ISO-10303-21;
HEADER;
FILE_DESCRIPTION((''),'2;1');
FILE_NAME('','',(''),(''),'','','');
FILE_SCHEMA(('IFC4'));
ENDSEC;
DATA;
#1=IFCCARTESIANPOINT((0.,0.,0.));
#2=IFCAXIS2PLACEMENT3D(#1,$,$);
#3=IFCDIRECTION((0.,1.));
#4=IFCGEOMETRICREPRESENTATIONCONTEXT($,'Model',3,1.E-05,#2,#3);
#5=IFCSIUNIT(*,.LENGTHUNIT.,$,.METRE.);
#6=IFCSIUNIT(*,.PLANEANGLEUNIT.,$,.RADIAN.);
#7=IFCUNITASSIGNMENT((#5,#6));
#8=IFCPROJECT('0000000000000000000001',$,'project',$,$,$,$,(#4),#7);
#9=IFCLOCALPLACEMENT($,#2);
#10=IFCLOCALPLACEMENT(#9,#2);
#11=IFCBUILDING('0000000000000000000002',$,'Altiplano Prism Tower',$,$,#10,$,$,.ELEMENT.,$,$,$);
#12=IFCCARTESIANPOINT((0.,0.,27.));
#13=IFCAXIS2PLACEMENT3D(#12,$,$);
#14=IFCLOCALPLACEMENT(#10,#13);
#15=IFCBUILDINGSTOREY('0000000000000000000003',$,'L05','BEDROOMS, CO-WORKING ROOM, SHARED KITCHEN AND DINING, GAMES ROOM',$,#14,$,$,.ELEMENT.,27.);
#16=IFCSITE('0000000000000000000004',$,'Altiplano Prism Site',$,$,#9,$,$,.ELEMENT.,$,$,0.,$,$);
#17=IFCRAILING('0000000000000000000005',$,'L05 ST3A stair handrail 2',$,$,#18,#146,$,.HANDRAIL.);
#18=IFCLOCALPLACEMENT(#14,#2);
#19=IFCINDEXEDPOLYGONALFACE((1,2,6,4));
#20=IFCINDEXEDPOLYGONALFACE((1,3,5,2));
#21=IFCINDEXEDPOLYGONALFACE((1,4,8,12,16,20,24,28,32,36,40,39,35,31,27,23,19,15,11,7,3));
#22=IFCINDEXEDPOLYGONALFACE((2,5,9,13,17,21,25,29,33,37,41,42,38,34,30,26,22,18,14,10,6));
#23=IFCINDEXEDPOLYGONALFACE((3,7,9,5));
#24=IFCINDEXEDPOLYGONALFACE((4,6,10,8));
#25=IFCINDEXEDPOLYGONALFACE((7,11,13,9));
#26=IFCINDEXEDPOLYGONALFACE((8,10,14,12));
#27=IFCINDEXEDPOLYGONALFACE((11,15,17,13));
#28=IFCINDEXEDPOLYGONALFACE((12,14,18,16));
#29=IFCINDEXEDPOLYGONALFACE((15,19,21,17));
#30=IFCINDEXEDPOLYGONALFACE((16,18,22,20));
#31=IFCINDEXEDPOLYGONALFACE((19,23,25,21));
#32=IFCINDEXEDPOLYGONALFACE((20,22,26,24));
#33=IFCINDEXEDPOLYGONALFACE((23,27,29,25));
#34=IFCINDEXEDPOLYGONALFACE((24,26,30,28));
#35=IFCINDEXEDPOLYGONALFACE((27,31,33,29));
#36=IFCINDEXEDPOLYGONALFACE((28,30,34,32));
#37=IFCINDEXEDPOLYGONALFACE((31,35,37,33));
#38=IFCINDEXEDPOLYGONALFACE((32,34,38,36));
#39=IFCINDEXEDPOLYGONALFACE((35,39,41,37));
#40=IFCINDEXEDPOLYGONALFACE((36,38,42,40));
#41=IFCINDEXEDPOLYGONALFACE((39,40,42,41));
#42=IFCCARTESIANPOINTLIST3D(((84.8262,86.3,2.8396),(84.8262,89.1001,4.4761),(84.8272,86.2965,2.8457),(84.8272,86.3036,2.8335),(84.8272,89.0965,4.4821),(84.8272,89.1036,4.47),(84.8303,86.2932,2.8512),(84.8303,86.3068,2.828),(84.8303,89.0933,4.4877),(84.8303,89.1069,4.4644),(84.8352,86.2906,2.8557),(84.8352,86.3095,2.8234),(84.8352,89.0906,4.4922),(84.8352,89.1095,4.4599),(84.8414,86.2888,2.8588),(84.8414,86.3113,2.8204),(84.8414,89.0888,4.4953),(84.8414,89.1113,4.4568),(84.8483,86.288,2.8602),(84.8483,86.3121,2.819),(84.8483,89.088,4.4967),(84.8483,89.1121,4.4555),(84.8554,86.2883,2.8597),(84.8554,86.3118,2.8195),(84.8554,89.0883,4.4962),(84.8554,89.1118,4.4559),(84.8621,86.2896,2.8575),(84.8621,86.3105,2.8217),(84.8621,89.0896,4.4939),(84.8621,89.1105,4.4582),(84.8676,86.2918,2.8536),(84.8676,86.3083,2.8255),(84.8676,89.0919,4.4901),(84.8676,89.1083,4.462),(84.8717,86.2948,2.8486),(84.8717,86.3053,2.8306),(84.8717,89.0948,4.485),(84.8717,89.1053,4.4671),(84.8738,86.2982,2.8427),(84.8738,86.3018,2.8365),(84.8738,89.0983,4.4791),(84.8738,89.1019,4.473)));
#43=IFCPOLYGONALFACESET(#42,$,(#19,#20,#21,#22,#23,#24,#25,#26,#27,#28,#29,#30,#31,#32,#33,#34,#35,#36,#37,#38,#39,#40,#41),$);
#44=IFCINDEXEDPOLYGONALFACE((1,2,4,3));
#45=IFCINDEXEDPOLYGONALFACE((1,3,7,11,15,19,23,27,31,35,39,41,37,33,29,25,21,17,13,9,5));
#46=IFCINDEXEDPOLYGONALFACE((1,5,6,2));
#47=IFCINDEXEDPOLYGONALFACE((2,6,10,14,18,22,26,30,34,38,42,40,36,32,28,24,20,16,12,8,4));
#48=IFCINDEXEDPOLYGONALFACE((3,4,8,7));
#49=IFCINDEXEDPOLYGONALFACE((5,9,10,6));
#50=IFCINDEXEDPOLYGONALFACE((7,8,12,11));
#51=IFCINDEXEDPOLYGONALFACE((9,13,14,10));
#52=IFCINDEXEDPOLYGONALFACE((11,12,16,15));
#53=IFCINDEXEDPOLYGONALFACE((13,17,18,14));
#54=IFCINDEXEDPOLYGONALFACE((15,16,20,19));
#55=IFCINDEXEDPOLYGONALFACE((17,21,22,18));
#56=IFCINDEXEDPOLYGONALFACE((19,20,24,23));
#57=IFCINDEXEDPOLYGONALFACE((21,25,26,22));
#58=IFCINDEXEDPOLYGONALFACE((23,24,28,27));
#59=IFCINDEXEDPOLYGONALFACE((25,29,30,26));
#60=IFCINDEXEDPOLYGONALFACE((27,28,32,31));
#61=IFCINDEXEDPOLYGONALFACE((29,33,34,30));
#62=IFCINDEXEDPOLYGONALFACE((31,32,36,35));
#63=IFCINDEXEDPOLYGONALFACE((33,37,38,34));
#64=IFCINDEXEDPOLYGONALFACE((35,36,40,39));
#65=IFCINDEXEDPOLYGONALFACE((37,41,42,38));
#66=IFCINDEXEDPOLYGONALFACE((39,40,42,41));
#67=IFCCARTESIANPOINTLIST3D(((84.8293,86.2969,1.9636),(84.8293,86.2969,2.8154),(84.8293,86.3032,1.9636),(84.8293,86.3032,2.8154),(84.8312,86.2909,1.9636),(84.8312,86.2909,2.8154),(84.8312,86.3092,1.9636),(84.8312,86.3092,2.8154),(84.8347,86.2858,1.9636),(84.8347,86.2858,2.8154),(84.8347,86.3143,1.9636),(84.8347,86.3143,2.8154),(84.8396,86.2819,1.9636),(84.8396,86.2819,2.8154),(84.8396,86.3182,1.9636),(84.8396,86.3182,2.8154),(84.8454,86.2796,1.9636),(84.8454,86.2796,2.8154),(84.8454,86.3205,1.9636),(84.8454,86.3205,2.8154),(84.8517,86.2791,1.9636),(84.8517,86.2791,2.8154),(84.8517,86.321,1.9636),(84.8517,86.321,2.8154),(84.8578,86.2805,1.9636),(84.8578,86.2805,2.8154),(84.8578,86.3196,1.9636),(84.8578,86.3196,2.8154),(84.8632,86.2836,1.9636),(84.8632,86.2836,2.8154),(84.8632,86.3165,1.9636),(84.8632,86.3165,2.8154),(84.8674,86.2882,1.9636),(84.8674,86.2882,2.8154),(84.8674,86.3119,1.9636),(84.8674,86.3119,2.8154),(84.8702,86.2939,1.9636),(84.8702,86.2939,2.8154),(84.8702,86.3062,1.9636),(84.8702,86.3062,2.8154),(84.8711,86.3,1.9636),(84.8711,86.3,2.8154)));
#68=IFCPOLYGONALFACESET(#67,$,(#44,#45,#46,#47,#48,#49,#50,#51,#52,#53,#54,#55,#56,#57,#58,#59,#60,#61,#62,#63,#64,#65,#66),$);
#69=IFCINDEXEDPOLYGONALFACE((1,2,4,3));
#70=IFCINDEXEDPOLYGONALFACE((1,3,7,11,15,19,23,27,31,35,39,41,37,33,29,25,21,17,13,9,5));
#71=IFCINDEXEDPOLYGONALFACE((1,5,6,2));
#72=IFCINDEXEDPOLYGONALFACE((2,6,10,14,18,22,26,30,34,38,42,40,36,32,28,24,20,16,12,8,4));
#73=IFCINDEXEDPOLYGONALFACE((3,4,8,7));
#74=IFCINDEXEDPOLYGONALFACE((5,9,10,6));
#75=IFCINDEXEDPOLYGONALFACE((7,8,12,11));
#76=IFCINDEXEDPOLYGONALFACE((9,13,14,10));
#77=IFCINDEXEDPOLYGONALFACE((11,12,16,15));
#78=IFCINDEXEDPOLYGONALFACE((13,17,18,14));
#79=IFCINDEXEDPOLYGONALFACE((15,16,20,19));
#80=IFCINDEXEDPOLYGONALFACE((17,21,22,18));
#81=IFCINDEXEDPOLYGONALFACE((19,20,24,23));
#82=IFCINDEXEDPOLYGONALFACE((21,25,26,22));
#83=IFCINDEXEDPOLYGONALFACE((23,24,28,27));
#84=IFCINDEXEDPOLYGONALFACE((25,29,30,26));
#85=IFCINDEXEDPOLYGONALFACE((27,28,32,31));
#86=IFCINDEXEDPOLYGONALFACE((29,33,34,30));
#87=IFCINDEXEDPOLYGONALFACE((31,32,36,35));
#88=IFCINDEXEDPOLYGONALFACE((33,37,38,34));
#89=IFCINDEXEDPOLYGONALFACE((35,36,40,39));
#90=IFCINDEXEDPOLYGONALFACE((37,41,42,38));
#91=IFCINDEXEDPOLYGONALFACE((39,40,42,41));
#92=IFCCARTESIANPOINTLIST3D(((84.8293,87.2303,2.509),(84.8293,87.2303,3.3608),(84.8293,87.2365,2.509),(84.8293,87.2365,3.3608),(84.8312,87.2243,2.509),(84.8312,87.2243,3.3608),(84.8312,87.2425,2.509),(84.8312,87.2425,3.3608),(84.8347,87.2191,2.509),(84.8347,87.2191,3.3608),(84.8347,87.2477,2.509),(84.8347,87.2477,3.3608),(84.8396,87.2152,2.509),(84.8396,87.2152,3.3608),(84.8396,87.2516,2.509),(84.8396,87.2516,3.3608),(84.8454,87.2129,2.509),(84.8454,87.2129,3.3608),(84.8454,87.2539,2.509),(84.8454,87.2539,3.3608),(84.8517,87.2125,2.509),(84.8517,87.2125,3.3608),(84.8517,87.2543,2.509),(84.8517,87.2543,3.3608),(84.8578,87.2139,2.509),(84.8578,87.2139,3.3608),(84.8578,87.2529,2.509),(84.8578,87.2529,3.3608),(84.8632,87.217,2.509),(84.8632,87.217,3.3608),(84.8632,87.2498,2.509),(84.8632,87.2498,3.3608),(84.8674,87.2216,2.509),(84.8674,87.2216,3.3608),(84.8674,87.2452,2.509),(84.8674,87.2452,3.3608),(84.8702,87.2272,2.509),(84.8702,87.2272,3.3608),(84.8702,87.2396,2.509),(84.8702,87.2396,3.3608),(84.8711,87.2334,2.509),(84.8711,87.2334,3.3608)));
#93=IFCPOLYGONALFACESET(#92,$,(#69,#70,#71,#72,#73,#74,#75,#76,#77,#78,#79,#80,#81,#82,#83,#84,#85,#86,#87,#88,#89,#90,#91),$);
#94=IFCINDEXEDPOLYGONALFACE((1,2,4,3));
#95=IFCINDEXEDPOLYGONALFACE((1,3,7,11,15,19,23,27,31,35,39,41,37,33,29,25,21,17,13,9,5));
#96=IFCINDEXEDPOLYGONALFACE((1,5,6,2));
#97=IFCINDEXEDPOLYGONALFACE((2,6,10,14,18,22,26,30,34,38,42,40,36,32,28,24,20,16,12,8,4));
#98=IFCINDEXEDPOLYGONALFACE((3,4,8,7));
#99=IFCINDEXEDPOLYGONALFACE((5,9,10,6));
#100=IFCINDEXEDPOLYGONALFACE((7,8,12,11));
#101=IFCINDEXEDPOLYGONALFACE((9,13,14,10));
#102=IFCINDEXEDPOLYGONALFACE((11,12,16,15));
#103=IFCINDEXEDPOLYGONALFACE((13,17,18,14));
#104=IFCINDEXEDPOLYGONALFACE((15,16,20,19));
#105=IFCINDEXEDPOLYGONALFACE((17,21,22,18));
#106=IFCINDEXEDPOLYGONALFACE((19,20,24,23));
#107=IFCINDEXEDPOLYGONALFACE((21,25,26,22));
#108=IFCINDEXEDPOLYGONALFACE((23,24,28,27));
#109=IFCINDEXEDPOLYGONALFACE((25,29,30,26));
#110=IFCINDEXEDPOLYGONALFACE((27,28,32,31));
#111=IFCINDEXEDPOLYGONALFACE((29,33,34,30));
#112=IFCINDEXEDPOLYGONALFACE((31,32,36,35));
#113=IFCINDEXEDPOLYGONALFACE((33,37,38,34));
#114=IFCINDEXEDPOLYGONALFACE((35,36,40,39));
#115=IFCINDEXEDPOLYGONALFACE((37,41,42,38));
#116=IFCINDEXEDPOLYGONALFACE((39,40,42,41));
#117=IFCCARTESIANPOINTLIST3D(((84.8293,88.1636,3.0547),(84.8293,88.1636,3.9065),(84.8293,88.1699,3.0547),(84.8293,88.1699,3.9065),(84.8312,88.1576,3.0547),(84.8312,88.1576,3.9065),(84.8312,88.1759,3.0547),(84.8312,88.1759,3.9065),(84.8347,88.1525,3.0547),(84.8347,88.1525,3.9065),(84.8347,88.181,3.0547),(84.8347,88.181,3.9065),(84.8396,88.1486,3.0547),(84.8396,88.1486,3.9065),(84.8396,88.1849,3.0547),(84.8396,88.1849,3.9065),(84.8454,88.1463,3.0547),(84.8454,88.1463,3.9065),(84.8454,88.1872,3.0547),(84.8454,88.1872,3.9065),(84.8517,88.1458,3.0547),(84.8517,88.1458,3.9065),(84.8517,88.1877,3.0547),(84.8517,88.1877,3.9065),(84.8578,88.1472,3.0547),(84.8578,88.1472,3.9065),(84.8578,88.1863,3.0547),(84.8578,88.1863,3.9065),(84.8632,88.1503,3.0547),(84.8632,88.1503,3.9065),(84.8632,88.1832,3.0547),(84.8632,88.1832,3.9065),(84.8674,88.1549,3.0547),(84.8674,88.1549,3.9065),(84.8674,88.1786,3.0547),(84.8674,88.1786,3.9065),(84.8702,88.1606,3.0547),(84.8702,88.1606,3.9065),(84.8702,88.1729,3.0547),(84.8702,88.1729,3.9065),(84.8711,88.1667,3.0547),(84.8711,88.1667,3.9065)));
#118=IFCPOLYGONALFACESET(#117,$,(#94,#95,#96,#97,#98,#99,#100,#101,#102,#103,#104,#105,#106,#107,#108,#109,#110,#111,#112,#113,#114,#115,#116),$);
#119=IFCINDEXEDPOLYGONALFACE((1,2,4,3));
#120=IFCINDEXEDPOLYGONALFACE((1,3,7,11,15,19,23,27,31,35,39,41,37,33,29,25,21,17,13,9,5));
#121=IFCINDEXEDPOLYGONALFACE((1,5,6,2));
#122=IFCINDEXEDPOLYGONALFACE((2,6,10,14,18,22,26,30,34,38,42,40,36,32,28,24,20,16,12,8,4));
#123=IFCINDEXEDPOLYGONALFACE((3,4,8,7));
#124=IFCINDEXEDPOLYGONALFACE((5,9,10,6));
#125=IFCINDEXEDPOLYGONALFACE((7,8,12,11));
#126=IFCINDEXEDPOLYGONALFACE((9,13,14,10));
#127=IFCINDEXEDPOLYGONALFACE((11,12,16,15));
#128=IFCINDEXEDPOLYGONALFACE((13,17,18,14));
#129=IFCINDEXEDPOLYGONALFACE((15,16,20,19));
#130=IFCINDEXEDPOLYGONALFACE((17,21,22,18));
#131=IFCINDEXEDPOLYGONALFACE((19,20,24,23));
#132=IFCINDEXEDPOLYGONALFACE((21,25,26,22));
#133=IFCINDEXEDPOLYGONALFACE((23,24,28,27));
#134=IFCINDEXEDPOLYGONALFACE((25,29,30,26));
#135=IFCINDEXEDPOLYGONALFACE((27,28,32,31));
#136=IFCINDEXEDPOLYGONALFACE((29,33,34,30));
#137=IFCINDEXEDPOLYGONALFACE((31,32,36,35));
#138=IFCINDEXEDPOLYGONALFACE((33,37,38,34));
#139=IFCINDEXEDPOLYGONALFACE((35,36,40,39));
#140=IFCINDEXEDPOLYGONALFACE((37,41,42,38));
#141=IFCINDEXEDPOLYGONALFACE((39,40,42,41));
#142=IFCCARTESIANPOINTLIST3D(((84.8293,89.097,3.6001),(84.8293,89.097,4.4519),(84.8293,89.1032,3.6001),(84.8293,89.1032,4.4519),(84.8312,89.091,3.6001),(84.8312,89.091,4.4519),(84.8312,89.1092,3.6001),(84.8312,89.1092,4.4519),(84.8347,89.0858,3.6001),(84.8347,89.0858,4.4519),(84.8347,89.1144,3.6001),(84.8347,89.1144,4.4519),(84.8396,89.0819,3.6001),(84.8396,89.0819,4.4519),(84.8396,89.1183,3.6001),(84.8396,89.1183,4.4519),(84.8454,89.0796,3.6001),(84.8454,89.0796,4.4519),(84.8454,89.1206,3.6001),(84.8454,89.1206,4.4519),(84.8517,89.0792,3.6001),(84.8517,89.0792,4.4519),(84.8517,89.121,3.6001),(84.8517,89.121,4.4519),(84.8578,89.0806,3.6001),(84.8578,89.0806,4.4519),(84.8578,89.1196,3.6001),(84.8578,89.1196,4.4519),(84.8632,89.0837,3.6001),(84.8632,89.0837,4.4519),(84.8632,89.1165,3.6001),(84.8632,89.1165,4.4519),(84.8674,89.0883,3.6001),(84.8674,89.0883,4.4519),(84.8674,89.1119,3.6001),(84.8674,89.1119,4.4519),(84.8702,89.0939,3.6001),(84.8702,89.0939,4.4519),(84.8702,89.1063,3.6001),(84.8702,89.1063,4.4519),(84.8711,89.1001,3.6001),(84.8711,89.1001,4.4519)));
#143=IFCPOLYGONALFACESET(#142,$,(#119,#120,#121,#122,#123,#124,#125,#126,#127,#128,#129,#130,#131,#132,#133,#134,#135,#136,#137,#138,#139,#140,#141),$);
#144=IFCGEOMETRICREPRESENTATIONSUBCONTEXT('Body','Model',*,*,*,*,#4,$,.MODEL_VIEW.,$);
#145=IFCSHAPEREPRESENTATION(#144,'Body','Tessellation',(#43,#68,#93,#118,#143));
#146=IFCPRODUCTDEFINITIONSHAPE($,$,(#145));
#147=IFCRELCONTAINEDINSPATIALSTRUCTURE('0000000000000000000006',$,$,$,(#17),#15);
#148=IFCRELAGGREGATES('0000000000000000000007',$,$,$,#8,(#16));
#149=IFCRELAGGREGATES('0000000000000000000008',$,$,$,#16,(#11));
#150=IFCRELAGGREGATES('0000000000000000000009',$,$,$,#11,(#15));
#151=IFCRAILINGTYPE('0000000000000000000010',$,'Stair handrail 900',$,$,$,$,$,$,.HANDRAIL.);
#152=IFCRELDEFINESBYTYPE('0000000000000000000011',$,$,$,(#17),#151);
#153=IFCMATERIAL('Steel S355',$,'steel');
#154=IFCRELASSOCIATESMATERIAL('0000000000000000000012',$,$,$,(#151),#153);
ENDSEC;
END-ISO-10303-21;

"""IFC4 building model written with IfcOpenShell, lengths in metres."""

from ifc_helpers import new_model, si_unit, direction, frame, origin, origin_2d, place, context, subcontext, project, spatial, circle, extrude, material, type_object, element, save


model = new_model("IFC4")

# Units and contexts
model_context = context("Model", 3, precision=1e-05, world=origin(), true_north=direction((0.0, 1.0)))
body_context = subcontext(model_context, "Body", "Model", "MODEL_VIEW")
ifc_project = project(units=[si_unit("LENGTHUNIT", "METRE"), si_unit("PLANEANGLEUNIT", "RADIAN")], contexts=[model_context])

# Site, building, storey
site_placement = place(None, origin())
site = spatial("IfcSite", under=ifc_project, at=site_placement, Name="Altiplano Prism Site", CompositionType="ELEMENT", RefElevation=0.0)
building_placement = place(site_placement, origin())
building = spatial("IfcBuilding", under=site, at=building_placement, Name="Altiplano Prism Tower", CompositionType="ELEMENT")
storey_placement = place(building_placement, frame((0.0, 0.0, 27.0)))
storey = spatial("IfcBuildingStorey", under=building, at=storey_placement, Name="L05", Description="BEDROOMS, CO-WORKING ROOM, SHARED KITCHEN AND DINING, GAMES ROOM", CompositionType="ELEMENT", Elevation=27.0)

# Railing
ifc_material_1 = material(Name="Steel S355", Category="steel")
railing_type_1 = type_object("IfcRailingType", Name="Stair handrail 900", PredefinedType="HANDRAIL", material=ifc_material_1)
railing_1_placement = place(storey_placement, frame((84.8501, 86.3, 1.9636)))
element("IfcRailing", 1, at=railing_1_placement, inside=storey, type_object=railing_type_1, Name="L05 ST3A stair handrail 2", PredefinedType="HANDRAIL", context=body_context, shape_type="SweptSolid", body=[
    extrude(circle(Radius=0.0239, at=origin_2d()), frame((0.0, 0.0, 0.876), z_axis=(0.0, 0.863361, 0.504587), x_axis=(-1.0, 0.0, 0.0)), (0.0, 0.0, 1.0), 3.2432),
    extrude(circle(Radius=0.021, at=origin_2d()), origin(), (0.0, 0.0, 1.0), 0.8518),
    extrude(circle(Radius=0.021, at=origin_2d()), frame((0.0, 0.9333, 0.5454)), (0.0, 0.0, 1.0), 0.8518),
    extrude(circle(Radius=0.021, at=origin_2d()), frame((0.0, 1.8667, 1.0911)), (0.0, 0.0, 1.0), 0.8518),
    extrude(circle(Radius=0.021, at=origin_2d()), frame((0.0, 2.8, 1.6365)), (0.0, 0.0, 1.0), 0.8518),
])

save(model, "model.ifc")
